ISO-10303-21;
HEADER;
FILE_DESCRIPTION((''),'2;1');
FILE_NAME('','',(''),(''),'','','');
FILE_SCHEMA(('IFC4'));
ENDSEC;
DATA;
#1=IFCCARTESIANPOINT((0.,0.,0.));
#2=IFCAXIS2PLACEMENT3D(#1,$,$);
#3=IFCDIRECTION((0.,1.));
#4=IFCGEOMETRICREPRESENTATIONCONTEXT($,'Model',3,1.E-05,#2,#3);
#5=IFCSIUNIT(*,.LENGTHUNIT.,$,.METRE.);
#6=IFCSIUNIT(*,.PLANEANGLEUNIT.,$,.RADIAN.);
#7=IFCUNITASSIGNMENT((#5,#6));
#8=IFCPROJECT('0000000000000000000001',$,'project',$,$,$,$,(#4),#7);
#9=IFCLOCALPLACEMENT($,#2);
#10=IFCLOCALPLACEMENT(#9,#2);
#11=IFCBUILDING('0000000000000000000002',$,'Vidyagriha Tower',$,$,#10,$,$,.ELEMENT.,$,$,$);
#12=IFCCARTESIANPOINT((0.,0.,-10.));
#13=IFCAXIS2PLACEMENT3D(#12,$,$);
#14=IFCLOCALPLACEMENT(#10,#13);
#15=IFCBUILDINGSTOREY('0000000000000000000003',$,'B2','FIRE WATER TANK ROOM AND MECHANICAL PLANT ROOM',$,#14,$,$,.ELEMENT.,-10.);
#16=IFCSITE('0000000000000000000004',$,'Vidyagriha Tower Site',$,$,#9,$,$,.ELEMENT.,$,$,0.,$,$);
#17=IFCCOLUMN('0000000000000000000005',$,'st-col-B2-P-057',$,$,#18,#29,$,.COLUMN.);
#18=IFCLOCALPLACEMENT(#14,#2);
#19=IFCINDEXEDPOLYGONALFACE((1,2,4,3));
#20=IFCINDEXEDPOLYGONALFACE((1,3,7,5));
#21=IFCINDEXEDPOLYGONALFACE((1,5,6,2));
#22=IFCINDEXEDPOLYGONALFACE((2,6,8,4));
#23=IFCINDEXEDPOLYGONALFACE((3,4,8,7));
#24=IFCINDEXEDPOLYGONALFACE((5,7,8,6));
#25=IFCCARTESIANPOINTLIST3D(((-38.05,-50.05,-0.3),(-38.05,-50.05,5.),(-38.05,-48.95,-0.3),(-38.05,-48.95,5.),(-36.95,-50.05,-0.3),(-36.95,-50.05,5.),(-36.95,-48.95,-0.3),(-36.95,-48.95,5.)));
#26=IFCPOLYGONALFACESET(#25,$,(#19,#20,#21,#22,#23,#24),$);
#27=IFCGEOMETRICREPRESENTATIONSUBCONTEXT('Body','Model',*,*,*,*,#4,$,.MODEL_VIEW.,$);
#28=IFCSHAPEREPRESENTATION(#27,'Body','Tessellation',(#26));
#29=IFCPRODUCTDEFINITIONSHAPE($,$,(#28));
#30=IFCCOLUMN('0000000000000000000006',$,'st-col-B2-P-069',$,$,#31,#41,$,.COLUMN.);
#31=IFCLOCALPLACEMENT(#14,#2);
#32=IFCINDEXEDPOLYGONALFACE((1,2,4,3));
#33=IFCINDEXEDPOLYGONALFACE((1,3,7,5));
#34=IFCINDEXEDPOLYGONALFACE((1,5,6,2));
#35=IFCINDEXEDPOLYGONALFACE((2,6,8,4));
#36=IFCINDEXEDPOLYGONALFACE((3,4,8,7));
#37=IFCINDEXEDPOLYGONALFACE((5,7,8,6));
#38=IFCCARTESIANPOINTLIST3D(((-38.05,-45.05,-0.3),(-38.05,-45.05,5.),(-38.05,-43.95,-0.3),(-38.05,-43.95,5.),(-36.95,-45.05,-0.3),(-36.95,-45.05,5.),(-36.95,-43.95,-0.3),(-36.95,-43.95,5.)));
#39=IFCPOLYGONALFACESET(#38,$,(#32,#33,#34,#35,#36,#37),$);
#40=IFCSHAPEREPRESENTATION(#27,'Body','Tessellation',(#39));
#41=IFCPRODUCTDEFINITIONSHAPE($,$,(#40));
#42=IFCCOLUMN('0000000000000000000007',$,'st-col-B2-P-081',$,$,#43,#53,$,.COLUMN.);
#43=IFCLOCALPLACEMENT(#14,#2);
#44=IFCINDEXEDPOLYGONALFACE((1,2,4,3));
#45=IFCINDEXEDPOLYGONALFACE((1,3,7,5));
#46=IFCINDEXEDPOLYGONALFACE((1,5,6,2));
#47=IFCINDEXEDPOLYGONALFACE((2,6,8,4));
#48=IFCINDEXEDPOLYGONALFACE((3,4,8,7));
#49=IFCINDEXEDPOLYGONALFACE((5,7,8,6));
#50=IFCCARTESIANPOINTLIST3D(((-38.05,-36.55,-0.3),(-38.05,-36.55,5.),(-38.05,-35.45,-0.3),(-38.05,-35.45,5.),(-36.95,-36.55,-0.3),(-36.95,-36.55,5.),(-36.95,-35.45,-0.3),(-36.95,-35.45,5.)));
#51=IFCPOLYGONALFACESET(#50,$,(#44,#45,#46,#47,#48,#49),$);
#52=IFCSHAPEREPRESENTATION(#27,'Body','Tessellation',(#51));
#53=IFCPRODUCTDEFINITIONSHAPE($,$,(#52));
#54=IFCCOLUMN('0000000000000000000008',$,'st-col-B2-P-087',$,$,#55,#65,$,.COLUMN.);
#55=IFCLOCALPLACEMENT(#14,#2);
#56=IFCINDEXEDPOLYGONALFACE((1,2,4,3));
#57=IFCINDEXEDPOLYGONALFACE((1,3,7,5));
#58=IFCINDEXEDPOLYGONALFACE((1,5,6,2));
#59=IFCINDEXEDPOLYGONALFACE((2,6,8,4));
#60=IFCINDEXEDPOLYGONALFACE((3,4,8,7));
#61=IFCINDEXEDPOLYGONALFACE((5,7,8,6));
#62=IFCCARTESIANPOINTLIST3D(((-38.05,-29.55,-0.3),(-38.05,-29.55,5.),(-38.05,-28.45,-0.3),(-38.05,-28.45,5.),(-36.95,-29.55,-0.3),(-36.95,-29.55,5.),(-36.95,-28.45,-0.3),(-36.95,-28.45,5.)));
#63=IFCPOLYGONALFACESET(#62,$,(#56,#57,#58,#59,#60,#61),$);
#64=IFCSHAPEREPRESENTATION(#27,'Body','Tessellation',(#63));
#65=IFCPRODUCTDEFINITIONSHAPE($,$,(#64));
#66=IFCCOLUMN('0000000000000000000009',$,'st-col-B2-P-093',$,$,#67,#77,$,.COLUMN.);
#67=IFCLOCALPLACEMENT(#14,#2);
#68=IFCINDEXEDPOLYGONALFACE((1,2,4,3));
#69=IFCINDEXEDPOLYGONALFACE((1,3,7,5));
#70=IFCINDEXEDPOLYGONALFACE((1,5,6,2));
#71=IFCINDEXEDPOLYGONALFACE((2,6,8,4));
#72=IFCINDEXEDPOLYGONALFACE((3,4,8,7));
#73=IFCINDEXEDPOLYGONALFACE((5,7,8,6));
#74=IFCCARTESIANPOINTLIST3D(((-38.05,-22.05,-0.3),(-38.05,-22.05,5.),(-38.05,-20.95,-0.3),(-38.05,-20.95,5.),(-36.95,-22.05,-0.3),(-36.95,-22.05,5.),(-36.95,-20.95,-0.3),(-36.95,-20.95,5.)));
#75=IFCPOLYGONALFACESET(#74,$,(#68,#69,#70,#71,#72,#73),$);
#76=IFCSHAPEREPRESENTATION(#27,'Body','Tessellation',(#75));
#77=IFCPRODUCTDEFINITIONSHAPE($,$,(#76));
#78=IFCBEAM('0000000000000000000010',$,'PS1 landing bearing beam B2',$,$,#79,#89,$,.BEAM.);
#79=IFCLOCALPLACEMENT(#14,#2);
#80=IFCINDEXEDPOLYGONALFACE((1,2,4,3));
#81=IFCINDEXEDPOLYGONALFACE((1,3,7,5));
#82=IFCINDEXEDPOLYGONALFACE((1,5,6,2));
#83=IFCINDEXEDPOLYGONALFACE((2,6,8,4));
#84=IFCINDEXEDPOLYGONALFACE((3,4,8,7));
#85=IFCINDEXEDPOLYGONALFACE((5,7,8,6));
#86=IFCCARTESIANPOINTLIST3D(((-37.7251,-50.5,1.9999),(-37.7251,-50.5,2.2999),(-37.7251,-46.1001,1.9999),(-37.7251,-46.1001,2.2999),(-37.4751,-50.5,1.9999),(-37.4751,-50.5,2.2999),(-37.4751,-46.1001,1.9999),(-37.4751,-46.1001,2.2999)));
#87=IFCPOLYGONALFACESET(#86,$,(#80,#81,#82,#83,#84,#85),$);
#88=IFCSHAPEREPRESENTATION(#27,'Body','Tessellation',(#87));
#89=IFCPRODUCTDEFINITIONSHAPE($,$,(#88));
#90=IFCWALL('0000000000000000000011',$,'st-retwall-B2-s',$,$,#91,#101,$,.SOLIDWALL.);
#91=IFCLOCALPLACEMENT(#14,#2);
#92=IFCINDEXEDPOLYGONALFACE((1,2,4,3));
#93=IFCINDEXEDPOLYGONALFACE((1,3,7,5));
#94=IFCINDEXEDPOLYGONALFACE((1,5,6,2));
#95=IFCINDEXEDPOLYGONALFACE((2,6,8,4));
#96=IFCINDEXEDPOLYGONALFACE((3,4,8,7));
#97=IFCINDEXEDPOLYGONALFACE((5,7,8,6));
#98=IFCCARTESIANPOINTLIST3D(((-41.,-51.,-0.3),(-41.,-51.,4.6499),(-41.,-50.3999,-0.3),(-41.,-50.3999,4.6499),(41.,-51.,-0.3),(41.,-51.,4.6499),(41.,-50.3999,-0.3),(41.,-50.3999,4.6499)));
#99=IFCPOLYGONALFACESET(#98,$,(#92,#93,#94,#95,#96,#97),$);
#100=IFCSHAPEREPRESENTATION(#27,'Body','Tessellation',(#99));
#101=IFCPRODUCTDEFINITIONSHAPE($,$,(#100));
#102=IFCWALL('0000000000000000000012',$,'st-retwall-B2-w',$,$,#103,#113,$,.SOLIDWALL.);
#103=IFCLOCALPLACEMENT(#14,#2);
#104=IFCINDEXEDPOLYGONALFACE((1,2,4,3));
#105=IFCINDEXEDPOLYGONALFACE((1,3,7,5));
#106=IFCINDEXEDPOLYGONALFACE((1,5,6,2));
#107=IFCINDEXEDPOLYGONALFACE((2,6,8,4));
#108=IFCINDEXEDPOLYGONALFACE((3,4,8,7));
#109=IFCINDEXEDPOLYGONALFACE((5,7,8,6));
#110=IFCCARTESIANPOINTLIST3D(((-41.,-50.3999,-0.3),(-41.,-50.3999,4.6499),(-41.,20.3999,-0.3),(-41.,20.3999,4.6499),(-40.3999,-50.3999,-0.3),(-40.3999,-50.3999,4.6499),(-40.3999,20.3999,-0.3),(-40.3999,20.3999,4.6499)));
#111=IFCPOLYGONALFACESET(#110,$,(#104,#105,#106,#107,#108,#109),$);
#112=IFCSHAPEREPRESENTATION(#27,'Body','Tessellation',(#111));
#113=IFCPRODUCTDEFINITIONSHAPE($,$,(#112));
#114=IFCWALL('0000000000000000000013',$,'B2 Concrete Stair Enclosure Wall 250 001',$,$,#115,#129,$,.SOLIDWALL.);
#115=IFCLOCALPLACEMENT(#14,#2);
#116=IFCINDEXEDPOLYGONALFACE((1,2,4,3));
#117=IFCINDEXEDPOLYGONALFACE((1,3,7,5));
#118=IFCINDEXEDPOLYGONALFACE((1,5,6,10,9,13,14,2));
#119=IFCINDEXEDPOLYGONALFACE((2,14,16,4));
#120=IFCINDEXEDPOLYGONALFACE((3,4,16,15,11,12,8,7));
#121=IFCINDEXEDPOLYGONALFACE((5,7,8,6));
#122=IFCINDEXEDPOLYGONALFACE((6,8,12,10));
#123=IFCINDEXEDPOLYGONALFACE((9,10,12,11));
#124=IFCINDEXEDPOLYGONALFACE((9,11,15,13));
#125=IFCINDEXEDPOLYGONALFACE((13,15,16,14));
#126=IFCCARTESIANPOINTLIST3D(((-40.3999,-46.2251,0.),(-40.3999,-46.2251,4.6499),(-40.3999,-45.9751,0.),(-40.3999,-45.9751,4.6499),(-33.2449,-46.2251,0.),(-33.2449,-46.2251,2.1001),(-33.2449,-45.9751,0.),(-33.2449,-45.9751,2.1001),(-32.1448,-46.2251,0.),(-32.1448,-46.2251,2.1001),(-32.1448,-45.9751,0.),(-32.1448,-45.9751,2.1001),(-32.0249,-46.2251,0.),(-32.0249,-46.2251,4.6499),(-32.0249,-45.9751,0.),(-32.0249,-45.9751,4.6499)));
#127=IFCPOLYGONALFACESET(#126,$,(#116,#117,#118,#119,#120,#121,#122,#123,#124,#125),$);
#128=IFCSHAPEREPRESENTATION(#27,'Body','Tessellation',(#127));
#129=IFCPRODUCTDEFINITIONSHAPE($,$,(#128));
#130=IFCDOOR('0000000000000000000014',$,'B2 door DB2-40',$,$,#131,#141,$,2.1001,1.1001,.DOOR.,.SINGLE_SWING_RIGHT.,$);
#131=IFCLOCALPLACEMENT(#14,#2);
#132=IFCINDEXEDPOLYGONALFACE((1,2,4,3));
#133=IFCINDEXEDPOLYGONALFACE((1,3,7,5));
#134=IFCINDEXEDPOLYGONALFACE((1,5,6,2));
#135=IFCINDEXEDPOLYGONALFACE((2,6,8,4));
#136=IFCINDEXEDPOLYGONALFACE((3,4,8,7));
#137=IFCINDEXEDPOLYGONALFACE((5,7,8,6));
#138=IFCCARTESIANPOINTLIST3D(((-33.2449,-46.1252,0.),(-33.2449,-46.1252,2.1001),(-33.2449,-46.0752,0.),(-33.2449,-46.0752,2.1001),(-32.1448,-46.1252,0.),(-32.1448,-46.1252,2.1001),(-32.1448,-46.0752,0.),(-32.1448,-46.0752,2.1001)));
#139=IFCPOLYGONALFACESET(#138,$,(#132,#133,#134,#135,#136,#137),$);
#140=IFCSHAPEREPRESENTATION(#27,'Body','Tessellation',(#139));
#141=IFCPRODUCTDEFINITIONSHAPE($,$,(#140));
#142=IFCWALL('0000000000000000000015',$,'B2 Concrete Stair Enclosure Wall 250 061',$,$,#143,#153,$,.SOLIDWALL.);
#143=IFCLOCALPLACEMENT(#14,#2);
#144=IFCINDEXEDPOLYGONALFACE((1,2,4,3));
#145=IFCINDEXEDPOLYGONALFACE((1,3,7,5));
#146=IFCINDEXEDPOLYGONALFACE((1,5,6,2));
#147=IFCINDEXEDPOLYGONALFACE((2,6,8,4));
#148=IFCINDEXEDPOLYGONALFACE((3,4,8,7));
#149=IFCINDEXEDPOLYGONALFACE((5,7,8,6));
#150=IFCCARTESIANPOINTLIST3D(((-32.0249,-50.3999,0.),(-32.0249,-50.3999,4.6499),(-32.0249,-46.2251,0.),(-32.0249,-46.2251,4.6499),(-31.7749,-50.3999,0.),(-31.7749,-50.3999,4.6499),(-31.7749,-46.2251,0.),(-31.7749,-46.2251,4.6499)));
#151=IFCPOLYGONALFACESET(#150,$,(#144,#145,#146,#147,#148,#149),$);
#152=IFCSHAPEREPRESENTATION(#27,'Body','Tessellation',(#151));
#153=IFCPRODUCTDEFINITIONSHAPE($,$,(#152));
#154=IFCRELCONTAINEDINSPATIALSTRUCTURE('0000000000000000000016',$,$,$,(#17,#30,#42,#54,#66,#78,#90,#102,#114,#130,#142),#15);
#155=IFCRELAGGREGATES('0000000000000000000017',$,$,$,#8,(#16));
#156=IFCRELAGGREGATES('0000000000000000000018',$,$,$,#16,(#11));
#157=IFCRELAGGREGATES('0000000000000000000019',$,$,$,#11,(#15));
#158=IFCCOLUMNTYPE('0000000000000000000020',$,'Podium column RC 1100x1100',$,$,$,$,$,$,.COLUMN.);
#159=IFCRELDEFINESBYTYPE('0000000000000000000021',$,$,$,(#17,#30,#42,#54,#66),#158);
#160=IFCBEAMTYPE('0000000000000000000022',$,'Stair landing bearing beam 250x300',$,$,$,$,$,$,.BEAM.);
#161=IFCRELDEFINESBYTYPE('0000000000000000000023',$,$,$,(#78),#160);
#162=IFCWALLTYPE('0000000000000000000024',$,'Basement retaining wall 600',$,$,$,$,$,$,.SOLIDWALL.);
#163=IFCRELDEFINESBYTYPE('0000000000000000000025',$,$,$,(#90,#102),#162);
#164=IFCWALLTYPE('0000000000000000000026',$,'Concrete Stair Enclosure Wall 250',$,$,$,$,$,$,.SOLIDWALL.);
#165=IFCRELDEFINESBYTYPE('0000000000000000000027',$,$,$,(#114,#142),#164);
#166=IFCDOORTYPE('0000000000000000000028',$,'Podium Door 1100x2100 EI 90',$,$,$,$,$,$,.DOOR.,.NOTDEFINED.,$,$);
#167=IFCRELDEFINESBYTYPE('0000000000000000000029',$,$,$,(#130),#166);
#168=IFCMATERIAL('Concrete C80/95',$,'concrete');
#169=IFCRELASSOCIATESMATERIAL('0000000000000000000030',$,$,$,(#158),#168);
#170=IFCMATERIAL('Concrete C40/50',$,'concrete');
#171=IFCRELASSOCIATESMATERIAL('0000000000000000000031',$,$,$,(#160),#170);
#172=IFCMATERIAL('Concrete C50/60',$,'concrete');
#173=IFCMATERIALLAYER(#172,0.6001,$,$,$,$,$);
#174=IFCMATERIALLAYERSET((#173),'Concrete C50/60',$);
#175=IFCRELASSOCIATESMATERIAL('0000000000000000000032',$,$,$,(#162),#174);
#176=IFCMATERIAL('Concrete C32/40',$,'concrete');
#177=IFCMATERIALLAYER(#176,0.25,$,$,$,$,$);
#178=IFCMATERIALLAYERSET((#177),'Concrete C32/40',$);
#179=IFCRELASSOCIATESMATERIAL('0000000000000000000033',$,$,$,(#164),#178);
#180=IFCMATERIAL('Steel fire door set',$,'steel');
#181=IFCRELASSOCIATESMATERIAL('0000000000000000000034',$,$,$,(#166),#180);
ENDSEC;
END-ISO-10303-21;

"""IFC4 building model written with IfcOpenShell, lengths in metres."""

from ifc_helpers import new_model, si_unit, direction, frame, frame_2d, origin, origin_2d, place, context, subcontext, project, spatial, rectangle, extrude, material, layer, layer_set, material_profile, profile_set, type_object, element, fill, save


model = new_model("IFC4")

# Units and contexts
model_context = context("Model", 3, precision=1e-05, world=origin(), true_north=direction((0.0, 1.0)))
body_context = subcontext(model_context, "Body", "Model", "MODEL_VIEW")
ifc_project = project(units=[si_unit("LENGTHUNIT", "METRE"), si_unit("PLANEANGLEUNIT", "RADIAN")], contexts=[model_context])

# Site, building, storey
site_placement = place(None, origin())
site = spatial("IfcSite", under=ifc_project, at=site_placement, Name="Vidyagriha Tower Site", CompositionType="ELEMENT", RefElevation=0.0)
building_placement = place(site_placement, origin())
building = spatial("IfcBuilding", under=site, at=building_placement, Name="Vidyagriha Tower", CompositionType="ELEMENT")
storey_placement = place(building_placement, frame((0.0, 0.0, -10.0)))
storey = spatial("IfcBuildingStorey", under=building, at=storey_placement, Name="B2", Description="FIRE WATER TANK ROOM AND MECHANICAL PLANT ROOM", CompositionType="ELEMENT", Elevation=-10.0)

# Columns
ifc_material_1 = material(Name="Concrete C80/95", Category="concrete")
ifc_material_profile_1 = material_profile(ifc_material_1, rectangle(XDim=1.1001, YDim=1.1001, at=origin_2d()), Name="RC 1100x1100")
ifc_profile_set_1 = profile_set([ifc_material_profile_1], Name="Concrete C80/95")
column_type = type_object("IfcColumnType", Name="Podium column RC 1100x1100", PredefinedType="COLUMN", material=ifc_profile_set_1)
for number, where, name in (
    (1, (-37.5, -49.5, -0.3), "st-col-B2-P-057"),
    (2, (-37.5, -44.5, -0.3), "st-col-B2-P-069"),
    (3, (-37.5, -36.0, -0.3), "st-col-B2-P-081"),
    (4, (-37.5, -29.0, -0.3), "st-col-B2-P-087"),
    (5, (-37.5, -21.5, -0.3), "st-col-B2-P-093"),
):
    element("IfcColumn", number, at=place(storey_placement, frame(where)), inside=storey, type_object=column_type, Name=name, PredefinedType="COLUMN", context=body_context, shape_type="SweptSolid", body=[
        extrude(rectangle(XDim=1.1001, YDim=1.1001, at=origin_2d()), origin(), (0.0, 0.0, 1.0), 5.3),
    ])

# Beam
ifc_material_2 = material(Name="Concrete C40/50", Category="concrete")
ifc_material_profile_2 = material_profile(ifc_material_2, rectangle(XDim=0.25, YDim=0.3, at=origin_2d()), Name="Stair landing bearing beam 250x300")
ifc_profile_set_2 = profile_set([ifc_material_profile_2], Name="Concrete C40/50")
beam_type = type_object("IfcBeamType", Name="Stair landing bearing beam 250x300", PredefinedType="BEAM", material=ifc_profile_set_2)
beam_placement = place(storey_placement, frame((-37.6001, -50.5, 2.1499), z_axis=(0.0, 1.0, 0.0), x_axis=(-1.0, 0.0, 0.0)))
element("IfcBeam", 6, at=beam_placement, inside=storey, type_object=beam_type, Name="PS1 landing bearing beam B2", PredefinedType="BEAM", context=body_context, shape_type="SweptSolid", body=[
    extrude(rectangle(XDim=0.25, YDim=0.3, at=origin_2d()), origin(), (0.0, 0.0, 1.0), 4.3999),
])

# Walls
ifc_material_3 = material(Name="Concrete C50/60", Category="concrete")
ifc_layer_1 = layer(ifc_material_3, 0.6001)
ifc_layer_set_1 = layer_set([ifc_layer_1], Name="Concrete C50/60")
wall_type_1 = type_object("IfcWallType", Name="Basement retaining wall 600", PredefinedType="SOLIDWALL", material=ifc_layer_set_1)
wall_1_placement = place(storey_placement, frame((-41.0, -50.7, -0.3)))
element("IfcWall", 7, at=wall_1_placement, inside=storey, type_object=wall_type_1, Name="st-retwall-B2-s", PredefinedType="SOLIDWALL", context=body_context, shape_type="SweptSolid", body=[
    extrude(rectangle(XDim=82.0, YDim=0.6001, at=frame_2d((41.0, 0.0))), origin(), (0.0, 0.0, 1.0), 4.95),
])
wall_2_placement = place(storey_placement, frame((-40.7, -50.3999, -0.3), z_axis=(0.0, 0.0, 1.0), x_axis=(0.0, 1.0, 0.0)))
element("IfcWall", 8, at=wall_2_placement, inside=storey, type_object=wall_type_1, Name="st-retwall-B2-w", PredefinedType="SOLIDWALL", context=body_context, shape_type="SweptSolid", body=[
    extrude(rectangle(XDim=70.7998, YDim=0.6001, at=frame_2d((35.3999, 0.0))), origin(), (0.0, 0.0, 1.0), 4.95),
])

# Wall, opening, door
ifc_material_4 = material(Name="Concrete C32/40", Category="concrete")
ifc_layer_2 = layer(ifc_material_4, 0.25)
ifc_layer_set_2 = layer_set([ifc_layer_2], Name="Concrete C32/40")
wall_type_2 = type_object("IfcWallType", Name="Concrete Stair Enclosure Wall 250", PredefinedType="SOLIDWALL", material=ifc_layer_set_2)
wall_3_placement = place(storey_placement, frame((-40.3999, -46.1001, 0.0)))
wall_3 = element("IfcWall", 9, at=wall_3_placement, inside=storey, type_object=wall_type_2, Name="B2 Concrete Stair Enclosure Wall 250 001", PredefinedType="SOLIDWALL", context=body_context, shape_type="SweptSolid", body=[
    extrude(rectangle(XDim=8.375, YDim=0.25, at=frame_2d((4.1875, 0.0))), origin(), (0.0, 0.0, 1.0), 4.6499),
])
opening_1_placement = place(wall_3_placement, frame((7.155, 0.0, 0.0)))
opening_1 = element("IfcOpeningElement", 10, at=opening_1_placement, cuts=wall_3, PredefinedType="OPENING", context=body_context, shape_type="SweptSolid", body=[
    extrude(rectangle(XDim=1.1001, YDim=2.1001, at=frame_2d((0.55, 1.05))), frame((0.0, 0.135, 0.0), z_axis=(0.0, -1.0, 0.0), x_axis=(1.0, 0.0, 0.0)), (0.0, 0.0, 1.0), 0.27),
])
ifc_material_5 = material(Name="Steel fire door set", Category="steel")
door_type_1 = type_object("IfcDoorType", Name="Podium Door 1100x2100 EI 90", OperationType="NOTDEFINED", PredefinedType="DOOR", material=ifc_material_5)
door_1_placement = place(opening_1_placement, origin())
door_1 = element("IfcDoor", 11, at=door_1_placement, inside=storey, type_object=door_type_1, Name="B2 door DB2-40", OperationType="SINGLE_SWING_RIGHT", OverallHeight=2.1001, OverallWidth=1.1001, PredefinedType="DOOR", context=body_context, shape_type="SweptSolid", body=[
    extrude(rectangle(XDim=1.1001, YDim=2.1001, at=frame_2d((0.55, 1.05))), frame((0.0, 0.0249, 0.0), z_axis=(0.0, -1.0, 0.0), x_axis=(1.0, 0.0, 0.0)), (0.0, 0.0, 1.0), 0.05),
])
fill(opening_1, door_1)

# Wall
wall_4_placement = place(storey_placement, frame((-31.8999, -50.3999, 0.0), z_axis=(0.0, 0.0, 1.0), x_axis=(0.0, 1.0, 0.0)))
element("IfcWall", 12, at=wall_4_placement, inside=storey, type_object=wall_type_2, Name="B2 Concrete Stair Enclosure Wall 250 061", PredefinedType="SOLIDWALL", context=body_context, shape_type="SweptSolid", body=[
    extrude(rectangle(XDim=4.1748, YDim=0.25, at=frame_2d((2.0874, 0.0))), origin(), (0.0, 0.0, 1.0), 4.6499),
])

save(model, "model.ifc")
